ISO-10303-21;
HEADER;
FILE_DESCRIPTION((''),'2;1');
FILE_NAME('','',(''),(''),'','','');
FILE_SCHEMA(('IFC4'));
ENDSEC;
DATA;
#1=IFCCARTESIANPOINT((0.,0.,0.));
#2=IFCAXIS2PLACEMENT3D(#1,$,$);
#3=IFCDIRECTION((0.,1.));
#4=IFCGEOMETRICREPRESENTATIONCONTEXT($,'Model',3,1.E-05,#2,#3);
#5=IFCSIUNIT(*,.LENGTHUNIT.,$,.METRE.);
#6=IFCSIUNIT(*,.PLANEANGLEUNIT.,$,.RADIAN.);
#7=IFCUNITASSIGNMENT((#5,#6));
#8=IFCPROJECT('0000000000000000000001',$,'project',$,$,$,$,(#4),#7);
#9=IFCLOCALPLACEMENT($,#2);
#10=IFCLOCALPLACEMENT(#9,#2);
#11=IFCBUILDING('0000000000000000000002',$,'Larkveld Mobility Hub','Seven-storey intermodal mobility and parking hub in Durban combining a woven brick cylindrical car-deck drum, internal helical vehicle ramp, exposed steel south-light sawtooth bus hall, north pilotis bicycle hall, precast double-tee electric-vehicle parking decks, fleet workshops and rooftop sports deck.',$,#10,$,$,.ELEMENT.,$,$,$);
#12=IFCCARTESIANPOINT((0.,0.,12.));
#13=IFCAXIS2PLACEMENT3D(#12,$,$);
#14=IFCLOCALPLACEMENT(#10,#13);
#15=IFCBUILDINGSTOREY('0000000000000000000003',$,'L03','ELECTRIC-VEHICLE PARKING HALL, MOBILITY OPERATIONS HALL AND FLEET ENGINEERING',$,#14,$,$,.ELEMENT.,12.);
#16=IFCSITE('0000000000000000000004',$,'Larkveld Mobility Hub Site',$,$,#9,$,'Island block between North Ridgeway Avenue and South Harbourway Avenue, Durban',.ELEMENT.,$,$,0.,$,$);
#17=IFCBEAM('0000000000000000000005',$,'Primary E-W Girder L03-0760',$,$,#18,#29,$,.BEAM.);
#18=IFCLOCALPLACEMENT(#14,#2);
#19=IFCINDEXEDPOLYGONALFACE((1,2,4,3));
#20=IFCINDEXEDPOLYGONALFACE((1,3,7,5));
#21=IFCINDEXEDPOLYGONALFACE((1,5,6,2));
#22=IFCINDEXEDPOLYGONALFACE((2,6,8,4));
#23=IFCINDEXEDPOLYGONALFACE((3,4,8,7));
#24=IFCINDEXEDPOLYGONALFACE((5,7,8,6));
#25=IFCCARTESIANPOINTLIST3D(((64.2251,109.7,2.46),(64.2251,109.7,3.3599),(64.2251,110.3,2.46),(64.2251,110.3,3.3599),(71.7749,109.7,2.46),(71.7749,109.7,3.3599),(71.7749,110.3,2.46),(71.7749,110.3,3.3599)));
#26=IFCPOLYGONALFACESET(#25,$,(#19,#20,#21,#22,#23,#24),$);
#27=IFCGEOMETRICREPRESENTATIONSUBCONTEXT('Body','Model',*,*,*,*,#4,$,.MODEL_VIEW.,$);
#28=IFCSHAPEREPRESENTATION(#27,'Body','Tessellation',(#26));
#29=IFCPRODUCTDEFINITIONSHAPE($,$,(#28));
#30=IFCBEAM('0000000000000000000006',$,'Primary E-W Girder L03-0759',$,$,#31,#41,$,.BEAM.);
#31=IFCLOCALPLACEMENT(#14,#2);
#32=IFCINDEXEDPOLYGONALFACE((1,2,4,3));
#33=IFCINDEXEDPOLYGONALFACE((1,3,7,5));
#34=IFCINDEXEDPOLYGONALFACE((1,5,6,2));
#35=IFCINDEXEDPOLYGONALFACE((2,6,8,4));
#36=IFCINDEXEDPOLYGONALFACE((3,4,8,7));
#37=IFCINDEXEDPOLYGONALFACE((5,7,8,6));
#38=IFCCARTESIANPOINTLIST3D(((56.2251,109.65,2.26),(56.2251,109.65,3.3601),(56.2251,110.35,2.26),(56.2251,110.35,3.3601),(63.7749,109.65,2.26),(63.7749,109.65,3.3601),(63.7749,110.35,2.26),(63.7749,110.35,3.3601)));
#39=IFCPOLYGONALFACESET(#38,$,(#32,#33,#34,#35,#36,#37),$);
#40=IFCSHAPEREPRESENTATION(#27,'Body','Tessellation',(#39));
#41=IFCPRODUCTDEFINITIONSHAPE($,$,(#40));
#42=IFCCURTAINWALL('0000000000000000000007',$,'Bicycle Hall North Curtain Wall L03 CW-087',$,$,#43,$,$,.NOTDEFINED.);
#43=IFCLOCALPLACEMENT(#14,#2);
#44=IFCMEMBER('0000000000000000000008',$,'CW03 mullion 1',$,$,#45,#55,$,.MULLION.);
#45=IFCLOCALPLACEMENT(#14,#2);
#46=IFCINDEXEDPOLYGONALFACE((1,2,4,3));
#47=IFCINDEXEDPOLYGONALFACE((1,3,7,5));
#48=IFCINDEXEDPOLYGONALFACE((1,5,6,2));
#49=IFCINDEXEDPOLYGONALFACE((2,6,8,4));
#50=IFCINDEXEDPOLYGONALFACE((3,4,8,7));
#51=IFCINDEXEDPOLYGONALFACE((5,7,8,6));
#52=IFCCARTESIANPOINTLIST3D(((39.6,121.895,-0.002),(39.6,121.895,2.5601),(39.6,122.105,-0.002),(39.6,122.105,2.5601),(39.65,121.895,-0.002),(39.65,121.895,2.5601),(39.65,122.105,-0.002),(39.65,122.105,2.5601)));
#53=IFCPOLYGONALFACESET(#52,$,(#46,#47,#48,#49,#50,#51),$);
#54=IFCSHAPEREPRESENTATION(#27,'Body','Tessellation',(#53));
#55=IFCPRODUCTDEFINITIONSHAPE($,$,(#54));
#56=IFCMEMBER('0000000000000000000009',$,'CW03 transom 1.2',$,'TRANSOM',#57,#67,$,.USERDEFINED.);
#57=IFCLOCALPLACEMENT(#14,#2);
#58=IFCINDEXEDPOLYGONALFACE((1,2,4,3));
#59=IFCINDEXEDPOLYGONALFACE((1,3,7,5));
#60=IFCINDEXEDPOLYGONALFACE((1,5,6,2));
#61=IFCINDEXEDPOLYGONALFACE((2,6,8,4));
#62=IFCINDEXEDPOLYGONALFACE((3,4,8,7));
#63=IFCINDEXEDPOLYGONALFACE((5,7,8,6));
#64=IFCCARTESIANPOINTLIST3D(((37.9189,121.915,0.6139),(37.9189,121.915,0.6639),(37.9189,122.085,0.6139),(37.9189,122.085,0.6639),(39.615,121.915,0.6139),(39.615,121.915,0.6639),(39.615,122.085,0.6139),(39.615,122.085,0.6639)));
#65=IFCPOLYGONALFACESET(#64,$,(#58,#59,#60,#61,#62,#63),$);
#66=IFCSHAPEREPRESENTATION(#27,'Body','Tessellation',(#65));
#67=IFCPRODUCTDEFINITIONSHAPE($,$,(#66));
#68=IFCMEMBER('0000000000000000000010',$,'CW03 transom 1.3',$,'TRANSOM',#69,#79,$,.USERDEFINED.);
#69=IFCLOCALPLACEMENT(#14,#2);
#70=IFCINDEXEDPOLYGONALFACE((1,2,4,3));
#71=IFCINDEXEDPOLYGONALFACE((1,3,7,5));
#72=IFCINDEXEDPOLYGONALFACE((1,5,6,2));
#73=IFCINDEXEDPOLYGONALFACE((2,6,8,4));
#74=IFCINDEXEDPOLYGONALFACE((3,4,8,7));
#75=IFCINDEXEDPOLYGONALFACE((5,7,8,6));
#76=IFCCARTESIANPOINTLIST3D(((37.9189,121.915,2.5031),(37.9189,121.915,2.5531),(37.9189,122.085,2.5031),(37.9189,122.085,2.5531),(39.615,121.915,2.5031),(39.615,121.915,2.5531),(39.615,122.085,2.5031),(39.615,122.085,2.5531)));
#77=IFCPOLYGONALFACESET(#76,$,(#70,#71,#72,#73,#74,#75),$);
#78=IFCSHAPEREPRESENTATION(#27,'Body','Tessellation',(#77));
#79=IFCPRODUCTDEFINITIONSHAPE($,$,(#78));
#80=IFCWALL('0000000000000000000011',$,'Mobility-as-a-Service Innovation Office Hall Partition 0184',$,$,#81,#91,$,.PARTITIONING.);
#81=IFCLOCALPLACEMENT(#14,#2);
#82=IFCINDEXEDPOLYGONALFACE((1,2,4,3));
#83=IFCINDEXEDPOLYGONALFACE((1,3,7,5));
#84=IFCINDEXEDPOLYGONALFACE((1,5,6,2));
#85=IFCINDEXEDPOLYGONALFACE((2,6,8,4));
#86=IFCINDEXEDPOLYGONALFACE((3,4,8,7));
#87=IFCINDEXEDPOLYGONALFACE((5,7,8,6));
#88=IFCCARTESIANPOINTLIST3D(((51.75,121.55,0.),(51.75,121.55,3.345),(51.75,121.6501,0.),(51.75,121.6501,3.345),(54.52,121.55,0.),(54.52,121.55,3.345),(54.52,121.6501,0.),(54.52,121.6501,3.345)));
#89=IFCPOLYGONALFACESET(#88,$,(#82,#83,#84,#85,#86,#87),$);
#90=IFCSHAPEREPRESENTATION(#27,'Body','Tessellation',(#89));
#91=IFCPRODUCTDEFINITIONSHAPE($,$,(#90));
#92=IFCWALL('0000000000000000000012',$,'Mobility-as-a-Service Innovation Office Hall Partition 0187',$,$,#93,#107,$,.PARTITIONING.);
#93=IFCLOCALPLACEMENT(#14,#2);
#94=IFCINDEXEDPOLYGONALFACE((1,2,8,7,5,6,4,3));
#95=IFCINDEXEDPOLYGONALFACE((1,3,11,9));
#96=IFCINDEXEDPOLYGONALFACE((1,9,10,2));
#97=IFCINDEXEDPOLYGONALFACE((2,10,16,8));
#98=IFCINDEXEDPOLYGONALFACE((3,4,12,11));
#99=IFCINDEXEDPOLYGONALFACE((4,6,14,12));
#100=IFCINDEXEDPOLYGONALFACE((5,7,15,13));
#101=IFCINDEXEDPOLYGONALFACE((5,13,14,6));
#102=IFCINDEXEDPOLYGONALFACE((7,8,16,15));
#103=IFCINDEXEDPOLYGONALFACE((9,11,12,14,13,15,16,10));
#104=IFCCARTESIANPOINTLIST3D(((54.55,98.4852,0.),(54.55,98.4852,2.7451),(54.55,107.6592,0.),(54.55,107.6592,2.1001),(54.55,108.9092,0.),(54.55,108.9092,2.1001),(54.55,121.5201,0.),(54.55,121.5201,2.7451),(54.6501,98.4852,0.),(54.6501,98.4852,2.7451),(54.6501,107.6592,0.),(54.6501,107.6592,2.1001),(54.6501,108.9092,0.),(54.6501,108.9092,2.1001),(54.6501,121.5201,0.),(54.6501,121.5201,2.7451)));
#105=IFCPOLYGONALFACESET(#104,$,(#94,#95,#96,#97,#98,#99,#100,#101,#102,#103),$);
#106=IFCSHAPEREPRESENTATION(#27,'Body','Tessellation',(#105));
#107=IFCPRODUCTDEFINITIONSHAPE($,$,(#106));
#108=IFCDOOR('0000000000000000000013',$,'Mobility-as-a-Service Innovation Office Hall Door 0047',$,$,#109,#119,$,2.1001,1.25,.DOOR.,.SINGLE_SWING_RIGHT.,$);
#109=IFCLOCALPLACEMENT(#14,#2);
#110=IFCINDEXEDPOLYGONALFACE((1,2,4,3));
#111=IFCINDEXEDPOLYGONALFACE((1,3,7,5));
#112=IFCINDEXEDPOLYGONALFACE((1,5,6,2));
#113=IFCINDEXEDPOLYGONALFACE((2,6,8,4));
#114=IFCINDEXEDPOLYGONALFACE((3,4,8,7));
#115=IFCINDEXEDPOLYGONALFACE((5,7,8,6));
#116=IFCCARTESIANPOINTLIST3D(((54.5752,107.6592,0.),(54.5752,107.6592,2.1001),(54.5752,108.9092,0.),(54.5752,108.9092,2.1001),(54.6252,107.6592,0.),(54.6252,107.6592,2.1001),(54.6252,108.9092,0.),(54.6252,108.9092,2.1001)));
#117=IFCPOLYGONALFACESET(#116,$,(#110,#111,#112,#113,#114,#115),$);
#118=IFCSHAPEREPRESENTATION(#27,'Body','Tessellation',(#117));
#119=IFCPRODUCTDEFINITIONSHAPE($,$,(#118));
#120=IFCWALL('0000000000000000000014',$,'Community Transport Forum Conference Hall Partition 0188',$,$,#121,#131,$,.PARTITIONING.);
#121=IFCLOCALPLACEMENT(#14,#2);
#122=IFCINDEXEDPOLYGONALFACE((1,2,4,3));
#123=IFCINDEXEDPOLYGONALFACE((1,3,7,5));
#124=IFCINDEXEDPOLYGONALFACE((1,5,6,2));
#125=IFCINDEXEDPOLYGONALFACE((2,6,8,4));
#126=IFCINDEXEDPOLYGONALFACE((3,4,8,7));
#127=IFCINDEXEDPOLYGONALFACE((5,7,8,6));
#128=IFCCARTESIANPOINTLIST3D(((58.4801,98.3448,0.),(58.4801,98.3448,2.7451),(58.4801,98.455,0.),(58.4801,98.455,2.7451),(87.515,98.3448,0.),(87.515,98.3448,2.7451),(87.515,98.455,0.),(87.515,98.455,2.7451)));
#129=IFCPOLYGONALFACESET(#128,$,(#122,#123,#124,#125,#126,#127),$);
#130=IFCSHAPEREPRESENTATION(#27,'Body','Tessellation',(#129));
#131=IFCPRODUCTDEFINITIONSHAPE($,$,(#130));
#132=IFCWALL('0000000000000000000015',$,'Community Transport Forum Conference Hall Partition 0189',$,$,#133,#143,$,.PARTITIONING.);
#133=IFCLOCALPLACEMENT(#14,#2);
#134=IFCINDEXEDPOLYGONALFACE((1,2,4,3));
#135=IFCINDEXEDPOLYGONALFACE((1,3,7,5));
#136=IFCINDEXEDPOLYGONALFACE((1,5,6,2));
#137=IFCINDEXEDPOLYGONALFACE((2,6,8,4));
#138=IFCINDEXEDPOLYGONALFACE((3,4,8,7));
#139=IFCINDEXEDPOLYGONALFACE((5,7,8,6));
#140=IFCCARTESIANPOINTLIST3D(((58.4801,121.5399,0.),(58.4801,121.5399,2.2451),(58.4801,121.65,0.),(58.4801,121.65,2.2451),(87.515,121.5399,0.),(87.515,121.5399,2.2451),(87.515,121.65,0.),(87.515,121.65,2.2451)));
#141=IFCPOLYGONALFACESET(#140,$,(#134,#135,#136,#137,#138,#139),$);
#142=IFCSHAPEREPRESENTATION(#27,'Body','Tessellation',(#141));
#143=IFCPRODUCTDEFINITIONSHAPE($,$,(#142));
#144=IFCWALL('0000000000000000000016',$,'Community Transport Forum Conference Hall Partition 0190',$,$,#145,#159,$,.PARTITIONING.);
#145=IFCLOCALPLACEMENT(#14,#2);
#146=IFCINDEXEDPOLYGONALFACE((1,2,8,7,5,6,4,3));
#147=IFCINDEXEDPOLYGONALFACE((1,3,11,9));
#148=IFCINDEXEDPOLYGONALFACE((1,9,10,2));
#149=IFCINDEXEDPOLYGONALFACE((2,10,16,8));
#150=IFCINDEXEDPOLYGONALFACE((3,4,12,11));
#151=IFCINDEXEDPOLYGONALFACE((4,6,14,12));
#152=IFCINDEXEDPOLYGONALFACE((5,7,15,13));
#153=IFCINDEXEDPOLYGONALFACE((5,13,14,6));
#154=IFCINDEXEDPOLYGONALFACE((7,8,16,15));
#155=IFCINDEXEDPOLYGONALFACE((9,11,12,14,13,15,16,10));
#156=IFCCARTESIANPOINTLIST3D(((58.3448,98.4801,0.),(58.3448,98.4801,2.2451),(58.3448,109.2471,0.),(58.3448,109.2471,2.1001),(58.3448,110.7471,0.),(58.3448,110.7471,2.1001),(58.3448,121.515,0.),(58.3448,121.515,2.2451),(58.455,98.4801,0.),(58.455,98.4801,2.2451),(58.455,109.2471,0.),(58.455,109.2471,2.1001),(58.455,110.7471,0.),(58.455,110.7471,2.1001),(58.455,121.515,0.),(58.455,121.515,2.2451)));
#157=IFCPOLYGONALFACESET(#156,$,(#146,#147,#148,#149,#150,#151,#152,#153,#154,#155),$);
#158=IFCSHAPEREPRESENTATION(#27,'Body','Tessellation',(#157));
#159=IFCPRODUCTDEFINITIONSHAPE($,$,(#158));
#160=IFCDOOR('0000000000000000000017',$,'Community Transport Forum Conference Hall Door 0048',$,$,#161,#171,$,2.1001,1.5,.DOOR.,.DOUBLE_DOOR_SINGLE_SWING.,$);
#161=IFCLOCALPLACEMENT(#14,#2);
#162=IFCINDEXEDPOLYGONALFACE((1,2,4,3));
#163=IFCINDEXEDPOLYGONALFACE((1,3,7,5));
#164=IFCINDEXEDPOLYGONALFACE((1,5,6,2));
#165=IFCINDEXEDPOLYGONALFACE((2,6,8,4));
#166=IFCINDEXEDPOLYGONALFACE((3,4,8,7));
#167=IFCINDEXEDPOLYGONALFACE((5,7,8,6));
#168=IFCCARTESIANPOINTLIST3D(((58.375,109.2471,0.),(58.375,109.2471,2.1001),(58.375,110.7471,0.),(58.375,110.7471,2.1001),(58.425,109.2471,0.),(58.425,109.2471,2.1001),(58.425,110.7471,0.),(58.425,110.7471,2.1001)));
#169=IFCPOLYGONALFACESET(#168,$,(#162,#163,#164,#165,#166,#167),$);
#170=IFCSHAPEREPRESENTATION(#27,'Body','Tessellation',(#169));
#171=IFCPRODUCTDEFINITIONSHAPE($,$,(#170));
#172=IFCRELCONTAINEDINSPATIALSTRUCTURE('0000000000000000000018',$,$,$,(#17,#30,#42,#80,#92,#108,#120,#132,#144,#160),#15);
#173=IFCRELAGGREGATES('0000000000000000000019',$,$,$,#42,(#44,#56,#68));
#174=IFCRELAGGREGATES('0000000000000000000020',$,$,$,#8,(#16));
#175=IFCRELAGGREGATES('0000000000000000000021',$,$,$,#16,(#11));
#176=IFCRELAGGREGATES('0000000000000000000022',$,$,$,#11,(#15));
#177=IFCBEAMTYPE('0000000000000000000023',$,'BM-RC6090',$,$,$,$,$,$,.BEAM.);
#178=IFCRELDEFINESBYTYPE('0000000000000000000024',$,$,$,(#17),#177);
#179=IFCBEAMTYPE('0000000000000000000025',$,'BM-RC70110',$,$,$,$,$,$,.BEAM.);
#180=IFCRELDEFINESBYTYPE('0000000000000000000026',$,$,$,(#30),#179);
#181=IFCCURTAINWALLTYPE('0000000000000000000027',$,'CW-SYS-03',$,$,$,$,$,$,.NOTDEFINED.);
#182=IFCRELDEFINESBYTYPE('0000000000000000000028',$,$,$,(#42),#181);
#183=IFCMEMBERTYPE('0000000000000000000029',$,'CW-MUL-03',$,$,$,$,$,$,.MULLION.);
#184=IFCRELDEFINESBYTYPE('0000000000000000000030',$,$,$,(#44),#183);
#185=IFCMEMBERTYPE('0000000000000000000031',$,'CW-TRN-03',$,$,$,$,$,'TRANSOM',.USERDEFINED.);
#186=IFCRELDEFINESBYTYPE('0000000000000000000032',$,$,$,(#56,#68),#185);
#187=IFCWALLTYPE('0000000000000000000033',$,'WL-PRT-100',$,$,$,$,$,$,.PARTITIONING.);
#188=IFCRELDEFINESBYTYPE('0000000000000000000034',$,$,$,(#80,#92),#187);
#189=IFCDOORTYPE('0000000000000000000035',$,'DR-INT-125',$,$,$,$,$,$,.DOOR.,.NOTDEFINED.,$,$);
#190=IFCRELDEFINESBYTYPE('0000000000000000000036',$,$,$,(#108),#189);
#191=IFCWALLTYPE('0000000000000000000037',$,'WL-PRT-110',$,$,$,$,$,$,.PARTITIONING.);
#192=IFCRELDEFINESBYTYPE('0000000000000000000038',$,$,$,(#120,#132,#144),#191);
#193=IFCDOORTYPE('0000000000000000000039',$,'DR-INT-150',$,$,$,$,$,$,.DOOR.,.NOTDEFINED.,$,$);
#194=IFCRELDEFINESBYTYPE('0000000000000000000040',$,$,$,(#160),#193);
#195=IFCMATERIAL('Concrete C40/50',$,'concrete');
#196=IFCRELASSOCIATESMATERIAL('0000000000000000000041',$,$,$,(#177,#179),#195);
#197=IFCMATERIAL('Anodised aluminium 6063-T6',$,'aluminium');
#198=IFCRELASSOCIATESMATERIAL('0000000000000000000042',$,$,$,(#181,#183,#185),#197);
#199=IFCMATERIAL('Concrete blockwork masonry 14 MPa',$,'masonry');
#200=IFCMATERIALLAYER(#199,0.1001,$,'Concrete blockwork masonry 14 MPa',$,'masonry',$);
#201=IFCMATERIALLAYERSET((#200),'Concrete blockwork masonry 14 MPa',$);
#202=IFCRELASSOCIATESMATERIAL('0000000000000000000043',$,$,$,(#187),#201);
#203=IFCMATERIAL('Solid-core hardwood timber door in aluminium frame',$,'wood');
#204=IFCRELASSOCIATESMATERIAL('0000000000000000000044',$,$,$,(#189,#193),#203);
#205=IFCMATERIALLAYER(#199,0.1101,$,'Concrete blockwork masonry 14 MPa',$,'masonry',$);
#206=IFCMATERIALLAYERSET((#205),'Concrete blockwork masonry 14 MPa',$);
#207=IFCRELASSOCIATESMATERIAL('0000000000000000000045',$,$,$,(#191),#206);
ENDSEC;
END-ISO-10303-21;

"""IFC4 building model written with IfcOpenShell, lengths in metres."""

from ifc_helpers import new_model, si_unit, direction, frame, frame_2d, origin, origin_2d, place, context, subcontext, project, spatial, rectangle, extrude, material, layer, layer_set, material_profile, profile_set, type_object, element, fill, aggregate, save


model = new_model("IFC4")

# Units and contexts
model_context = context("Model", 3, precision=1e-05, world=origin(), true_north=direction((0.0, 1.0)))
body_context = subcontext(model_context, "Body", "Model", "MODEL_VIEW")
ifc_project = project(units=[si_unit("LENGTHUNIT", "METRE"), si_unit("PLANEANGLEUNIT", "RADIAN")], contexts=[model_context])

# Site, building, storey
site_placement = place(None, origin())
site = spatial("IfcSite", under=ifc_project, at=site_placement, Name="Larkveld Mobility Hub Site", LongName="Island block between North Ridgeway Avenue and South Harbourway Avenue, Durban", CompositionType="ELEMENT", RefElevation=0.0)
building_placement = place(site_placement, origin())
building = spatial("IfcBuilding", under=site, at=building_placement, Name="Larkveld Mobility Hub", Description="Seven-storey intermodal mobility and parking hub in Durban combining a woven brick cylindrical car-deck drum, internal helical vehicle ramp, exposed steel south-light sawtooth bus hall, north pilotis bicycle hall, precast double-tee electric-vehicle parking decks, fleet workshops and rooftop sports deck.", CompositionType="ELEMENT")
storey_placement = place(building_placement, frame((0.0, 0.0, 12.0)))
storey = spatial("IfcBuildingStorey", under=building, at=storey_placement, Name="L03", Description="ELECTRIC-VEHICLE PARKING HALL, MOBILITY OPERATIONS HALL AND FLEET ENGINEERING", CompositionType="ELEMENT", Elevation=12.0)

# Shared definitions
ifc_material_1 = material(Name="Concrete C40/50", Category="concrete")

# Beams
ifc_material_profile_1 = material_profile(ifc_material_1, rectangle(XDim=0.6001, YDim=0.8999, at=origin_2d()), Name="RC BM 600x900")
ifc_profile_set_1 = profile_set([ifc_material_profile_1], Name="Concrete C40/50")
beam_type_1 = type_object("IfcBeamType", Name="BM-RC6090", PredefinedType="BEAM", material=ifc_profile_set_1)
beam_1_placement = place(storey_placement, frame((64.2251, 110.0, 2.9099), z_axis=(1.0, 0.0, 0.0), x_axis=(0.0, 1.0, 0.0)))
element("IfcBeam", 1, at=beam_1_placement, inside=storey, type_object=beam_type_1, Name="Primary E-W Girder L03-0760", PredefinedType="BEAM", context=body_context, shape_type="SweptSolid", body=[
    extrude(rectangle(XDim=0.6001, YDim=0.8999, at=origin_2d()), origin(), (0.0, 0.0, 1.0), 7.5498),
])
ifc_material_profile_2 = material_profile(ifc_material_1, rectangle(XDim=0.7, YDim=1.1001, at=origin_2d()), Name="RC BM 700x1100")
ifc_profile_set_2 = profile_set([ifc_material_profile_2], Name="Concrete C40/50")
beam_type_2 = type_object("IfcBeamType", Name="BM-RC70110", PredefinedType="BEAM", material=ifc_profile_set_2)
beam_2_placement = place(storey_placement, frame((56.2251, 110.0, 2.8101), z_axis=(1.0, 0.0, 0.0), x_axis=(0.0, 1.0, 0.0)))
element("IfcBeam", 2, at=beam_2_placement, inside=storey, type_object=beam_type_2, Name="Primary E-W Girder L03-0759", PredefinedType="BEAM", context=body_context, shape_type="SweptSolid", body=[
    extrude(rectangle(XDim=0.7, YDim=1.1001, at=origin_2d()), origin(), (0.0, 0.0, 1.0), 7.5498),
])

# Curtain wall, members
ifc_material_2 = material(Name="Anodised aluminium 6063-T6", Category="aluminium")
curtain_wall_type = type_object("IfcCurtainWallType", Name="CW-SYS-03", PredefinedType="NOTDEFINED", material=ifc_material_2)
curtain_wall_placement = place(storey_placement, origin())
curtain_wall = element("IfcCurtainWall", 3, at=curtain_wall_placement, inside=storey, type_object=curtain_wall_type, Name="Bicycle Hall North Curtain Wall L03 CW-087", PredefinedType="NOTDEFINED")
ifc_material_profile_3 = material_profile(ifc_material_2, rectangle(XDim=0.05, YDim=0.21, at=origin_2d()), Name="ALU MULL 50x210")
ifc_profile_set_3 = profile_set([ifc_material_profile_3], Name="Anodised aluminium 6063-T6")
member_type_1 = type_object("IfcMemberType", Name="CW-MUL-03", PredefinedType="MULLION", material=ifc_profile_set_3)
member_1_placement = place(storey_placement, frame((39.625, 122.0, -0.002), z_axis=(0.0, 0.0, 1.0), x_axis=(-1.0, 0.0, 0.0)))
member_1 = element("IfcMember", 4, at=member_1_placement, type_object=member_type_1, Name="CW03 mullion 1", PredefinedType="MULLION", context=body_context, shape_type="SweptSolid", body=[
    extrude(rectangle(XDim=0.05, YDim=0.21, at=origin_2d()), origin(), (0.0, 0.0, 1.0), 2.562),
])
ifc_material_profile_4 = material_profile(ifc_material_2, rectangle(XDim=0.1699, YDim=0.05, at=origin_2d()), Name="ALU TRAN 50x170")
ifc_profile_set_4 = profile_set([ifc_material_profile_4], Name="Anodised aluminium 6063-T6")
member_type_2 = type_object("IfcMemberType", Name="CW-TRN-03", ElementType="TRANSOM", PredefinedType="USERDEFINED", material=ifc_profile_set_4)
member_2_placement = place(storey_placement, frame((39.615, 122.0, 0.6389), z_axis=(-1.0, 0.0, 0.0), x_axis=(0.0, -1.0, 0.0)))
member_2 = element("IfcMember", 5, at=member_2_placement, type_object=member_type_2, Name="CW03 transom 1.2", ObjectType="TRANSOM", PredefinedType="USERDEFINED", context=body_context, shape_type="SweptSolid", body=[
    extrude(rectangle(XDim=0.1699, YDim=0.05, at=origin_2d()), origin(), (0.0, 0.0, 1.0), 1.696),
])
member_3_placement = place(storey_placement, frame((39.615, 122.0, 2.5281), z_axis=(-1.0, 0.0, 0.0), x_axis=(0.0, -1.0, 0.0)))
member_3 = element("IfcMember", 6, at=member_3_placement, type_object=member_type_2, Name="CW03 transom 1.3", ObjectType="TRANSOM", PredefinedType="USERDEFINED", context=body_context, shape_type="SweptSolid", body=[
    extrude(rectangle(XDim=0.1699, YDim=0.05, at=origin_2d()), origin(), (0.0, 0.0, 1.0), 1.696),
])
aggregate(curtain_wall, [member_1, member_2, member_3])

# Wall
ifc_material_3 = material(Name="Concrete blockwork masonry 14 MPa", Category="masonry")
ifc_layer_1 = layer(ifc_material_3, 0.1001, Name="Concrete blockwork masonry 14 MPa", Category="masonry")
ifc_layer_set_1 = layer_set([ifc_layer_1], Name="Concrete blockwork masonry 14 MPa")
wall_type_1 = type_object("IfcWallType", Name="WL-PRT-100", PredefinedType="PARTITIONING", material=ifc_layer_set_1)
wall_1_placement = place(storey_placement, frame((51.75, 121.6001, 0.0), z_axis=(0.0, 0.0, 1.0), x_axis=(1.0, 0.0, 0.0)))
element("IfcWall", 7, at=wall_1_placement, inside=storey, type_object=wall_type_1, Name="Mobility-as-a-Service Innovation Office Hall Partition 0184", PredefinedType="PARTITIONING", context=body_context, shape_type="SweptSolid", body=[
    extrude(rectangle(XDim=2.77, YDim=0.1001, at=frame_2d((1.385, 0.0))), origin(), (0.0, 0.0, 1.0), 3.345),
])

# Wall, opening, door
wall_2_placement = place(storey_placement, frame((54.6001, 98.4851, 0.0), z_axis=(0.0, 0.0, 1.0), x_axis=(0.0, 1.0, 0.0)))
wall_2 = element("IfcWall", 8, at=wall_2_placement, inside=storey, type_object=wall_type_1, Name="Mobility-as-a-Service Innovation Office Hall Partition 0187", PredefinedType="PARTITIONING", context=body_context, shape_type="SweptSolid", body=[
    extrude(rectangle(XDim=23.0349, YDim=0.1001, at=frame_2d((11.5176, 0.0))), origin(), (0.0, 0.0, 1.0), 2.7451),
])
opening_1_placement = place(wall_2_placement, frame((9.1741, 0.0, 0.0)))
opening_1 = element("IfcOpeningElement", 9, at=opening_1_placement, cuts=wall_2, PredefinedType="OPENING", context=body_context, shape_type="SweptSolid", body=[
    extrude(rectangle(XDim=1.25, YDim=2.1001, at=frame_2d((0.625, 1.05))), frame((0.0, 0.0601, 0.0), z_axis=(0.0, -1.0, 0.0), x_axis=(1.0, 0.0, 0.0)), (0.0, 0.0, 1.0), 0.1201),
])
ifc_material_4 = material(Name="Solid-core hardwood timber door in aluminium frame", Category="wood")
door_type_1 = type_object("IfcDoorType", Name="DR-INT-125", OperationType="NOTDEFINED", PredefinedType="DOOR", material=ifc_material_4)
door_1_placement = place(opening_1_placement, origin())
door_1 = element("IfcDoor", 10, at=door_1_placement, inside=storey, type_object=door_type_1, Name="Mobility-as-a-Service Innovation Office Hall Door 0047", OperationType="SINGLE_SWING_RIGHT", OverallHeight=2.1001, OverallWidth=1.25, PredefinedType="DOOR", context=body_context, shape_type="SweptSolid", body=[
    extrude(rectangle(XDim=1.25, YDim=2.1001, at=frame_2d((0.625, 1.05))), frame((0.0, 0.0249, 0.0), z_axis=(0.0, -1.0, 0.0), x_axis=(1.0, 0.0, 0.0)), (0.0, 0.0, 1.0), 0.05),
])
fill(opening_1, door_1)

# Walls
ifc_layer_2 = layer(ifc_material_3, 0.1101, Name="Concrete blockwork masonry 14 MPa", Category="masonry")
ifc_layer_set_2 = layer_set([ifc_layer_2], Name="Concrete blockwork masonry 14 MPa")
wall_type_2 = type_object("IfcWallType", Name="WL-PRT-110", PredefinedType="PARTITIONING", material=ifc_layer_set_2)
wall_3_placement = place(storey_placement, frame((58.48, 98.3999, 0.0), z_axis=(0.0, 0.0, 1.0), x_axis=(1.0, 0.0, 0.0)))
element("IfcWall", 11, at=wall_3_placement, inside=storey, type_object=wall_type_2, Name="Community Transport Forum Conference Hall Partition 0188", PredefinedType="PARTITIONING", context=body_context, shape_type="SweptSolid", body=[
    extrude(rectangle(XDim=29.0349, YDim=0.1101, at=frame_2d((14.5176, 0.0))), origin(), (0.0, 0.0, 1.0), 2.7451),
])
wall_4_placement = place(storey_placement, frame((58.48, 121.595, 0.0), z_axis=(0.0, 0.0, 1.0), x_axis=(1.0, 0.0, 0.0)))
element("IfcWall", 12, at=wall_4_placement, inside=storey, type_object=wall_type_2, Name="Community Transport Forum Conference Hall Partition 0189", PredefinedType="PARTITIONING", context=body_context, shape_type="SweptSolid", body=[
    extrude(rectangle(XDim=29.0349, YDim=0.1101, at=frame_2d((14.5176, 0.0))), origin(), (0.0, 0.0, 1.0), 2.2451),
])

# Wall, opening, door
wall_5_placement = place(storey_placement, frame((58.3999, 98.48, 0.0), z_axis=(0.0, 0.0, 1.0), x_axis=(0.0, 1.0, 0.0)))
wall_5 = element("IfcWall", 13, at=wall_5_placement, inside=storey, type_object=wall_type_2, Name="Community Transport Forum Conference Hall Partition 0190", PredefinedType="PARTITIONING", context=body_context, shape_type="SweptSolid", body=[
    extrude(rectangle(XDim=23.0349, YDim=0.1101, at=frame_2d((11.5176, 0.0))), origin(), (0.0, 0.0, 1.0), 2.2451),
])
opening_2_placement = place(wall_5_placement, frame((10.7671, 0.0, 0.0)))
opening_2 = element("IfcOpeningElement", 14, at=opening_2_placement, cuts=wall_5, PredefinedType="OPENING", context=body_context, shape_type="SweptSolid", body=[
    extrude(rectangle(XDim=1.5, YDim=2.1001, at=frame_2d((0.75, 1.05))), frame((0.0, 0.0649, 0.0), z_axis=(0.0, -1.0, 0.0), x_axis=(1.0, 0.0, 0.0)), (0.0, 0.0, 1.0), 0.1301),
])
door_type_2 = type_object("IfcDoorType", Name="DR-INT-150", OperationType="NOTDEFINED", PredefinedType="DOOR", material=ifc_material_4)
door_2_placement = place(opening_2_placement, origin())
door_2 = element("IfcDoor", 15, at=door_2_placement, inside=storey, type_object=door_type_2, Name="Community Transport Forum Conference Hall Door 0048", OperationType="DOUBLE_DOOR_SINGLE_SWING", OverallHeight=2.1001, OverallWidth=1.5, PredefinedType="DOOR", context=body_context, shape_type="SweptSolid", body=[
    extrude(rectangle(XDim=1.5, YDim=2.1001, at=frame_2d((0.75, 1.05))), frame((0.0, 0.0249, 0.0), z_axis=(0.0, -1.0, 0.0), x_axis=(1.0, 0.0, 0.0)), (0.0, 0.0, 1.0), 0.05),
])
fill(opening_2, door_2)

save(model, "model.ifc")
